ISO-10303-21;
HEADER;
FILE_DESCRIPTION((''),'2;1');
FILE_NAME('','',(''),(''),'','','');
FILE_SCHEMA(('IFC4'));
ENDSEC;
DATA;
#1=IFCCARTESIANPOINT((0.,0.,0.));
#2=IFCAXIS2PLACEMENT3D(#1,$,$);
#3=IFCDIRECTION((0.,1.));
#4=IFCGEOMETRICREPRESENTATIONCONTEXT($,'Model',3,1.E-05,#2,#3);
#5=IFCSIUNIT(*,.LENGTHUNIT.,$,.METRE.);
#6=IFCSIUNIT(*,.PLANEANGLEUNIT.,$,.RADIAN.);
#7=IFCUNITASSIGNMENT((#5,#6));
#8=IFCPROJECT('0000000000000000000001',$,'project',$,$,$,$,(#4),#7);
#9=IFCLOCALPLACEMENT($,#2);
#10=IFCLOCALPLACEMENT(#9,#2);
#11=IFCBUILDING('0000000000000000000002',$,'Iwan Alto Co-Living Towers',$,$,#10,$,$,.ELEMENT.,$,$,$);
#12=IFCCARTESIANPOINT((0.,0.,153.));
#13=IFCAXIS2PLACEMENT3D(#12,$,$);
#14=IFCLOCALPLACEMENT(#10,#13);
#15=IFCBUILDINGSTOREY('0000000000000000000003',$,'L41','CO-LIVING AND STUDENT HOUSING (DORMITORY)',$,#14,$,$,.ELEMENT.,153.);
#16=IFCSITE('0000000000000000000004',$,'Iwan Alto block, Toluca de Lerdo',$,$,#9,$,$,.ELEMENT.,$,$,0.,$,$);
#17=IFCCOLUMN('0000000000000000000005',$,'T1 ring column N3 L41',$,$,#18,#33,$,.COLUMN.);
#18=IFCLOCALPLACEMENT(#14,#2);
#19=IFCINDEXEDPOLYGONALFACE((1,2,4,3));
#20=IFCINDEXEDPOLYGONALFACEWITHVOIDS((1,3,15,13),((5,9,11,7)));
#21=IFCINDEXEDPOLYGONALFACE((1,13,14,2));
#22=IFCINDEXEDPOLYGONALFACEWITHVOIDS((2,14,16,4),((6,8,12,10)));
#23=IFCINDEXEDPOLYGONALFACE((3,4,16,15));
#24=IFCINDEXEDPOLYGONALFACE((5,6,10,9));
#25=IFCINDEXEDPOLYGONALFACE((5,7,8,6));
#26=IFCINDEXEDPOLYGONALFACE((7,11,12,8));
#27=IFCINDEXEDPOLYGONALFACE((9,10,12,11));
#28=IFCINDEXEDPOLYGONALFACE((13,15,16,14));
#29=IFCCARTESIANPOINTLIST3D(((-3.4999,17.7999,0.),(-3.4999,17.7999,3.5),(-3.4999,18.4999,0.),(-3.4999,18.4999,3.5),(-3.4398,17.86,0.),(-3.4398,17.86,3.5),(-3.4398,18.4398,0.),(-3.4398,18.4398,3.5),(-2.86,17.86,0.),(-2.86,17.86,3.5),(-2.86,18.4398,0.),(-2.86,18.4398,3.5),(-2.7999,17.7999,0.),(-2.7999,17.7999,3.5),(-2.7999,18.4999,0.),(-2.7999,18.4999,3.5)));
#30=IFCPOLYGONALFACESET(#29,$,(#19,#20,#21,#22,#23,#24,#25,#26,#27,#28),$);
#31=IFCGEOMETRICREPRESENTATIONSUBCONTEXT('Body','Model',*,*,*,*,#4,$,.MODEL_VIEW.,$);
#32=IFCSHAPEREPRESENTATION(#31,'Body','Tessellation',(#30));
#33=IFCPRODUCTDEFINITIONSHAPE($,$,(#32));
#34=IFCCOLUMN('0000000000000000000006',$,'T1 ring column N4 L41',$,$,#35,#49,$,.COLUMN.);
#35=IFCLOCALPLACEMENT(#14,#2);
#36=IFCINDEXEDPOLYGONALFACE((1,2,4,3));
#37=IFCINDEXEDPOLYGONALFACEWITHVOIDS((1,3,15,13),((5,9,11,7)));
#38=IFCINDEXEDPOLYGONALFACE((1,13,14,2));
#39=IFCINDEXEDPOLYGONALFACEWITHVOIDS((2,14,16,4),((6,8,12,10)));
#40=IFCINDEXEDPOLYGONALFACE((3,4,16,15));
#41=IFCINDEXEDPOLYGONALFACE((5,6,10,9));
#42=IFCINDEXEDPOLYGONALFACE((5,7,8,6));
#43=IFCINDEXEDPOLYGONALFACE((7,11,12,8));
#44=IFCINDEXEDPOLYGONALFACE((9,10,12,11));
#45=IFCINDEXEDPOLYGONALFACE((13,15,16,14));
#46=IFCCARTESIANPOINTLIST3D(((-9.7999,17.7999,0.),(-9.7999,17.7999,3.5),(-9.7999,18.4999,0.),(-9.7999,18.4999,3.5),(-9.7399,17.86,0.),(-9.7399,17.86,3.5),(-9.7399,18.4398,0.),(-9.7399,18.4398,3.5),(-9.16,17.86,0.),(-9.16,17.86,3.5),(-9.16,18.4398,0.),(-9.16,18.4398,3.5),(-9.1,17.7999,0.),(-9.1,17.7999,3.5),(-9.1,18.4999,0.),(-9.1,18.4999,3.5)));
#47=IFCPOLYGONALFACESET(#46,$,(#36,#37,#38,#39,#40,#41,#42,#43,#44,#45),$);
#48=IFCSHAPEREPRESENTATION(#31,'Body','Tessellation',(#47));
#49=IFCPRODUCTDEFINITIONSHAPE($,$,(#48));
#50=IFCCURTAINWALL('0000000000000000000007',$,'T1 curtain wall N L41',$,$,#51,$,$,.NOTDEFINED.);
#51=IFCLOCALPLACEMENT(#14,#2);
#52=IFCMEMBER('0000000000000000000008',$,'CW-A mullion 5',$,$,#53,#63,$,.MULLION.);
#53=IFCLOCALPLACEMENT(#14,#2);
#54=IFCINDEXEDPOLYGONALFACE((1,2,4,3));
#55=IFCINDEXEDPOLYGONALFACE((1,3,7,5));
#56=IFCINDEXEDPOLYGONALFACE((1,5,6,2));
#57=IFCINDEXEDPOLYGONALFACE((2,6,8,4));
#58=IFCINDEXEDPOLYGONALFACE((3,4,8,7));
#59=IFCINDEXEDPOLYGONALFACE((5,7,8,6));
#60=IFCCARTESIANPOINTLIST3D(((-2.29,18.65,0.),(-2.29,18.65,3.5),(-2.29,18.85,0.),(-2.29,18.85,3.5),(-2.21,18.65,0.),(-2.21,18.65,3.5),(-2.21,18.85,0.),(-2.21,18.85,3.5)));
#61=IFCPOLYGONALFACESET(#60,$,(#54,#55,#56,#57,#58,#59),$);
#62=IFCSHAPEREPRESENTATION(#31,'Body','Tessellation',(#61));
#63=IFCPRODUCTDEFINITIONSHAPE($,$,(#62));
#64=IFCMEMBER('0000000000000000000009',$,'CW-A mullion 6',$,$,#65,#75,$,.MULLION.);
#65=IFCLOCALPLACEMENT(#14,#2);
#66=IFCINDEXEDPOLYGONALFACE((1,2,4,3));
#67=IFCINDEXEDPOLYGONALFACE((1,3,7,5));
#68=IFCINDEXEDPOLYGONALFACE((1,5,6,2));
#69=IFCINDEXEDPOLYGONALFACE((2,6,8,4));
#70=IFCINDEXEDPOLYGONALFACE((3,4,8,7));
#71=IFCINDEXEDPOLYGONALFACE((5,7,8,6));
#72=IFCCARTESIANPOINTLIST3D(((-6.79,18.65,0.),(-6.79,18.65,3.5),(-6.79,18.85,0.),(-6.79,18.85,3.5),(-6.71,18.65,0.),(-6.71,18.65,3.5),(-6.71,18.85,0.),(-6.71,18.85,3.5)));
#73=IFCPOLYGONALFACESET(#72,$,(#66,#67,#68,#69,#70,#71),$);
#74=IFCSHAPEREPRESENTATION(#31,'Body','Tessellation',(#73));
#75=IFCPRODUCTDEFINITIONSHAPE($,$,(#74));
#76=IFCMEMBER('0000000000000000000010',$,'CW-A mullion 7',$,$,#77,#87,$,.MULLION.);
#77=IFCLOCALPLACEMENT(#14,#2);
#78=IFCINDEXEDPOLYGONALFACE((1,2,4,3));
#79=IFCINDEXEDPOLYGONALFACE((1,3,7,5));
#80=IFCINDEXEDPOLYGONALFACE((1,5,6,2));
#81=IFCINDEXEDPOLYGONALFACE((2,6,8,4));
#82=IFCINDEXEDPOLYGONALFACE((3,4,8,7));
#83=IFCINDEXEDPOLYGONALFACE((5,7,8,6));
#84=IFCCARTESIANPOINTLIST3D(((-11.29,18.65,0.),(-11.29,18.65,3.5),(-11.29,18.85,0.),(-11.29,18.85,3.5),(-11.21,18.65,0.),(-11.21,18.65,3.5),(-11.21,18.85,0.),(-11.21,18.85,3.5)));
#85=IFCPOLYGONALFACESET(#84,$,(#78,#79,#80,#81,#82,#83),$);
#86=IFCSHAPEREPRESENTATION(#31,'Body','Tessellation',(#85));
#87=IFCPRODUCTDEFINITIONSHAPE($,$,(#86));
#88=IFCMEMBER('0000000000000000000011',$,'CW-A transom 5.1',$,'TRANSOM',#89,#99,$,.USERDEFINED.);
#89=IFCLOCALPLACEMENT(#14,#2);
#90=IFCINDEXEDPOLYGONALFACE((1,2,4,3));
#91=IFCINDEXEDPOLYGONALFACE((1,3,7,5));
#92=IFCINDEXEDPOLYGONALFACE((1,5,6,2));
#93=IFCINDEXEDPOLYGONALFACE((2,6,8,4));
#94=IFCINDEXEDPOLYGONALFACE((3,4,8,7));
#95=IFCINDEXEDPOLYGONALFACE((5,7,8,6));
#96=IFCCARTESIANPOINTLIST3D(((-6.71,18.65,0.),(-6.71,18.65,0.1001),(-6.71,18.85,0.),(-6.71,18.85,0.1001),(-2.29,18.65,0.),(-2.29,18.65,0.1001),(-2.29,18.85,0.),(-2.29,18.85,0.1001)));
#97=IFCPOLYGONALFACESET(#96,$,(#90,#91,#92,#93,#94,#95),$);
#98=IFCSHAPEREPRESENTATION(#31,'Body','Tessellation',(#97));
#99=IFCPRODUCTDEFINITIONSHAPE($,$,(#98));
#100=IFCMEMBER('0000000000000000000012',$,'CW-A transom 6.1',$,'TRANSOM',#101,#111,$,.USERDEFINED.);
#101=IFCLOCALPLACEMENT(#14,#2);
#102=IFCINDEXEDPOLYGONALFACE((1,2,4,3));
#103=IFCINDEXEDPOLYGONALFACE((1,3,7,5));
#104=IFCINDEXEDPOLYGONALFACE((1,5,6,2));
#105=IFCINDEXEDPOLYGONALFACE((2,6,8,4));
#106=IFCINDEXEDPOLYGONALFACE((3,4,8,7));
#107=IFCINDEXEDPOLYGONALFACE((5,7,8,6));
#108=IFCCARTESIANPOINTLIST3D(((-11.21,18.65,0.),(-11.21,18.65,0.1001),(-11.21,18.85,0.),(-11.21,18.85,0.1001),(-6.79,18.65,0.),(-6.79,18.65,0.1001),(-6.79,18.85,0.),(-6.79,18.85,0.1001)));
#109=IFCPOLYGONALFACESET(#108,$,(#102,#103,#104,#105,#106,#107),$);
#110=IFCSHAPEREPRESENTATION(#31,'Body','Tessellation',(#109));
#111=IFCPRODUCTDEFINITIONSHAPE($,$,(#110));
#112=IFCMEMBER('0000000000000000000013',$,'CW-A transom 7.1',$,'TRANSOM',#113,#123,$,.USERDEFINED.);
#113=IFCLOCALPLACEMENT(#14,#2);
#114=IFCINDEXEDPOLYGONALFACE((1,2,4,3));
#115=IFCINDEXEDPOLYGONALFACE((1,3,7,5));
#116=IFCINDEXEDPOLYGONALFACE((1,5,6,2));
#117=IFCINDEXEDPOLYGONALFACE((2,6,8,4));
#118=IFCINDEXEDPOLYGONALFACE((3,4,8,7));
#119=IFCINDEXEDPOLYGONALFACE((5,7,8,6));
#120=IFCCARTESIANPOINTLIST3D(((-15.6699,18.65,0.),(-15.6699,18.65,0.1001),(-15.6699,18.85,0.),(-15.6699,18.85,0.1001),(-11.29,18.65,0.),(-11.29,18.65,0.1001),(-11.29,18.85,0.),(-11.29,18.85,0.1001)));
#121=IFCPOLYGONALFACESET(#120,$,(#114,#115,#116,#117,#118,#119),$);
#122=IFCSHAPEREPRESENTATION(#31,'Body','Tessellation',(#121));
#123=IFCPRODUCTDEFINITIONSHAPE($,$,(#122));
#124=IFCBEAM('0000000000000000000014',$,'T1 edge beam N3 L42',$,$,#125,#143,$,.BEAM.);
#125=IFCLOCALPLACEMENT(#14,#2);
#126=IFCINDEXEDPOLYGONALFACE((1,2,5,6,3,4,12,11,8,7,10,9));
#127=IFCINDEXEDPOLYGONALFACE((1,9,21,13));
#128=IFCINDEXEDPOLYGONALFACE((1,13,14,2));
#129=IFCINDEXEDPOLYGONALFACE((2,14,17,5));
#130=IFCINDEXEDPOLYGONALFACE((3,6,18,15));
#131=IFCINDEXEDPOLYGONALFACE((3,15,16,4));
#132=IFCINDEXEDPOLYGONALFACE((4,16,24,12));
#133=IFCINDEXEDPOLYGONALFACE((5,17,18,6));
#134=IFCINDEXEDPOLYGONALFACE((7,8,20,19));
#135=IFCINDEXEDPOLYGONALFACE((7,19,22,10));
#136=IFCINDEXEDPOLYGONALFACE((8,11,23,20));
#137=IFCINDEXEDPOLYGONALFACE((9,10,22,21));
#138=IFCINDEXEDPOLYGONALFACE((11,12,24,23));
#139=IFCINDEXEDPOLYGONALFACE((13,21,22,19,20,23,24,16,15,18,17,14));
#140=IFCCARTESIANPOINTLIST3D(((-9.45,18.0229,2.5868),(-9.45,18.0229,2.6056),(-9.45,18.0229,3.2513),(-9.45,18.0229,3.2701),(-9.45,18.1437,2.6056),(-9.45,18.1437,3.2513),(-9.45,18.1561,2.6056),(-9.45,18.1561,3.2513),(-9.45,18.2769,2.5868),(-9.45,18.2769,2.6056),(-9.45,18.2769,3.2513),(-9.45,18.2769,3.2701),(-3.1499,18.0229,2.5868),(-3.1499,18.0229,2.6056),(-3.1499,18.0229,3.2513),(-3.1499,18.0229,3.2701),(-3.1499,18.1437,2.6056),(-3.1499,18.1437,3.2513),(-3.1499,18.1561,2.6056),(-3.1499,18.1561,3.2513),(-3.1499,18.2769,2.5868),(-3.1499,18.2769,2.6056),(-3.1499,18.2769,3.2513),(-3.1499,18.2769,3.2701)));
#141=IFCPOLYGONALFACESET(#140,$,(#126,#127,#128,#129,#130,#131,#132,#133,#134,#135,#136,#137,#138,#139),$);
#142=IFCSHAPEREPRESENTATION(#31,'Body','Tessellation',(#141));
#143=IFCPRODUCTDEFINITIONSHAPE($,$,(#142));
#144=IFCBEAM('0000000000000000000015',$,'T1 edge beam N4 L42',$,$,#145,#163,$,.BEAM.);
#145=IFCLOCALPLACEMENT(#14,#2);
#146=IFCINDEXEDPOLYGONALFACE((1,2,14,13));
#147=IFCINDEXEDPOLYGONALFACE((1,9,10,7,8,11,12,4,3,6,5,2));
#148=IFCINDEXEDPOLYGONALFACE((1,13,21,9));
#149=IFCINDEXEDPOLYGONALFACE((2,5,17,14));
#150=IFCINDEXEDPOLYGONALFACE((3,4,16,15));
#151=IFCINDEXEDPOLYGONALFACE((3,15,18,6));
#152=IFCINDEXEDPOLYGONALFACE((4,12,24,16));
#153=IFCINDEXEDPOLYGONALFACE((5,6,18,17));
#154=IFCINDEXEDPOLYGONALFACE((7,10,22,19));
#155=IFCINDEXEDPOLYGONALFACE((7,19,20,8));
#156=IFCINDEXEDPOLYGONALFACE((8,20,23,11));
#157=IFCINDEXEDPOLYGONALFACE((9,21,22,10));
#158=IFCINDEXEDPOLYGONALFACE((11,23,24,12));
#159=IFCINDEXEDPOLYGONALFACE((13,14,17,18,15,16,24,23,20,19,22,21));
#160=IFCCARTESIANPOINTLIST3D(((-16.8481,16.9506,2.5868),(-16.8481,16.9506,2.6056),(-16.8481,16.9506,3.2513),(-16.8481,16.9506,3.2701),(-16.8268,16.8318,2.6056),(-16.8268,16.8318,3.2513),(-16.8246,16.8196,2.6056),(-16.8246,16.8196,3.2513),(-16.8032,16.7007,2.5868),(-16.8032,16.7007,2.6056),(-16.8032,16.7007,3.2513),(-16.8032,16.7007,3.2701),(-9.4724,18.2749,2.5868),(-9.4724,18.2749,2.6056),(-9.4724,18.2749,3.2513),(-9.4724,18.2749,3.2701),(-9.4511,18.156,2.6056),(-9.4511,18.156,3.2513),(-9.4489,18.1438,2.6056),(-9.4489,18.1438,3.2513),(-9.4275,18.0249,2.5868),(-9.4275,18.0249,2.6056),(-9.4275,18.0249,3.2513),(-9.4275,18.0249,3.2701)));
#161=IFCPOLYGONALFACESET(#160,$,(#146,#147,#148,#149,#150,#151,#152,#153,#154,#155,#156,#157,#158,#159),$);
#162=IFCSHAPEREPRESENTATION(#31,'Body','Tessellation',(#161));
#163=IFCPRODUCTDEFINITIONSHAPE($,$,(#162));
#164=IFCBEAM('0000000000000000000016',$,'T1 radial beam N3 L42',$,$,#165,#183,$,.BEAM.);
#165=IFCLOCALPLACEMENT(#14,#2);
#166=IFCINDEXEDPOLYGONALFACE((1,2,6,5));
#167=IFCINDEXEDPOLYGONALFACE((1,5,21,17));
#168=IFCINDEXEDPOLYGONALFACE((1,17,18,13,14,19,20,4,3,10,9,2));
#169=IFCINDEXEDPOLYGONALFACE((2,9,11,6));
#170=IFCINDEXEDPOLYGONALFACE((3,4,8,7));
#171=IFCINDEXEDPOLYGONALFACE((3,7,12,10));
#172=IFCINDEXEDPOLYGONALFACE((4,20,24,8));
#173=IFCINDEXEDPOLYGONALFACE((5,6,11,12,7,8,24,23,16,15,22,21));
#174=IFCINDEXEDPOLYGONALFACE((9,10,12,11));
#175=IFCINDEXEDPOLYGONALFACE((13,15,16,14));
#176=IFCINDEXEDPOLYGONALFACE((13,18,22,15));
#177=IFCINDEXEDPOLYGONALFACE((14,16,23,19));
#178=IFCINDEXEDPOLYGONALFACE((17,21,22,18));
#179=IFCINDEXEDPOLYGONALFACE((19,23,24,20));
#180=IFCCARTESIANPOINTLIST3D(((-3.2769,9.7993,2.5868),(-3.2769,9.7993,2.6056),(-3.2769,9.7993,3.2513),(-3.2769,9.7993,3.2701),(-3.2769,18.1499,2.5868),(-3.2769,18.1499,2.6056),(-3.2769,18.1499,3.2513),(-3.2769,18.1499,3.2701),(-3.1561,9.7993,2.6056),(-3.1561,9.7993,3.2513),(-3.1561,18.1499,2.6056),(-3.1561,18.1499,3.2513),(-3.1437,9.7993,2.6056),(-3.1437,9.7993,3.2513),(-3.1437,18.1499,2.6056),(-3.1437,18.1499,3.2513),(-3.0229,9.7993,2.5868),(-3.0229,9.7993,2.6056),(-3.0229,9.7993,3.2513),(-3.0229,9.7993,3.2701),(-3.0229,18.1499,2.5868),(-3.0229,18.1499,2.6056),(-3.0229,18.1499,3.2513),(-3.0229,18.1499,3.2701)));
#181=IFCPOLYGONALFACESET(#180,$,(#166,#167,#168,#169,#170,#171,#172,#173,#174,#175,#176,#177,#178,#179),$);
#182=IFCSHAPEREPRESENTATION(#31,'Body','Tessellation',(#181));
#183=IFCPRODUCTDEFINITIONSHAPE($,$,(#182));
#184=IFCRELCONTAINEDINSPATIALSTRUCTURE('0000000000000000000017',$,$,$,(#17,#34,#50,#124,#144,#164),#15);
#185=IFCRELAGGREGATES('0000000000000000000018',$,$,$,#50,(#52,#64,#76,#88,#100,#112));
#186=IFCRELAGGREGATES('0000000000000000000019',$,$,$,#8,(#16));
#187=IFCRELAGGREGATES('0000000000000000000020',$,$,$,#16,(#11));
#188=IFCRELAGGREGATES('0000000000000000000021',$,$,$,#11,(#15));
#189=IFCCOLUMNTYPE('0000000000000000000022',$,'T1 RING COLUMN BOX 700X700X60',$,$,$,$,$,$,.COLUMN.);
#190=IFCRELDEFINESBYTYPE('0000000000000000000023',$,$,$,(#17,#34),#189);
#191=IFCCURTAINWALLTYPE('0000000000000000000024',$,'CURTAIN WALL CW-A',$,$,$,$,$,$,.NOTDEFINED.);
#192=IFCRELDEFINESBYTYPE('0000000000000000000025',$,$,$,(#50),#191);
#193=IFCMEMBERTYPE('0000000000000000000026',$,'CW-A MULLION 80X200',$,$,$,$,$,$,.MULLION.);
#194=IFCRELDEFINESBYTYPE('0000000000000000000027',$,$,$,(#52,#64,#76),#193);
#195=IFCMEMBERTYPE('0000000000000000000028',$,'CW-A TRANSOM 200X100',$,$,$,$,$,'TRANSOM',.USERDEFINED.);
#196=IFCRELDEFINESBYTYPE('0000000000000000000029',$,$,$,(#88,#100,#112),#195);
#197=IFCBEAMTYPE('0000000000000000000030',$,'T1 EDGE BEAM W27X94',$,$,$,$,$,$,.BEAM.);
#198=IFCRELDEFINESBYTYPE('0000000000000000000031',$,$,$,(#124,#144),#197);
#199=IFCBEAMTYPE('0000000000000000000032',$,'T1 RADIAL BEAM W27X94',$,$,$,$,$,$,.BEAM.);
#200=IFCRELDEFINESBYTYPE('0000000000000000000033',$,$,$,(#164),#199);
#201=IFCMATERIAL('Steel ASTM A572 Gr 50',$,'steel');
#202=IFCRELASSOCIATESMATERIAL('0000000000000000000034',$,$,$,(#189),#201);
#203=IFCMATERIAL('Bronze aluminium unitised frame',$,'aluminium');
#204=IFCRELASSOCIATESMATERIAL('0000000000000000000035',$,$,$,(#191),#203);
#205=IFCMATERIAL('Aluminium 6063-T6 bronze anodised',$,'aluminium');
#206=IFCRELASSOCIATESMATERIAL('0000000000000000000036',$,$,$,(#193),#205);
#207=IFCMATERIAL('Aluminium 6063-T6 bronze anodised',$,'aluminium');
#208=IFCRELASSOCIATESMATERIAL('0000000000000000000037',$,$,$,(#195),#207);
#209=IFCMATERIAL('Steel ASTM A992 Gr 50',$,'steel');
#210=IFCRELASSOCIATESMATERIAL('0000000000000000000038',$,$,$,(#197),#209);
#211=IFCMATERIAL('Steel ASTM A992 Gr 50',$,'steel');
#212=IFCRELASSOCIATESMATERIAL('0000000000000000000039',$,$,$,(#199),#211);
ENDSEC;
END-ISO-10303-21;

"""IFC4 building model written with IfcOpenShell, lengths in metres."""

from ifc_helpers import new_model, si_unit, direction, frame, origin, origin_2d, place, context, subcontext, project, spatial, rectangle, hollow_rectangle, i_section, extrude, material, material_profile, profile_set, type_object, element, aggregate, save


model = new_model("IFC4")

# Units and contexts
model_context = context("Model", 3, precision=1e-05, world=origin(), true_north=direction((0.0, 1.0)))
body_context = subcontext(model_context, "Body", "Model", "MODEL_VIEW")
ifc_project = project(units=[si_unit("LENGTHUNIT", "METRE"), si_unit("PLANEANGLEUNIT", "RADIAN")], contexts=[model_context])

# Site, building, storey
site_placement = place(None, origin())
site = spatial("IfcSite", under=ifc_project, at=site_placement, Name="Iwan Alto block, Toluca de Lerdo", CompositionType="ELEMENT", RefElevation=0.0)
building_placement = place(site_placement, origin())
building = spatial("IfcBuilding", under=site, at=building_placement, Name="Iwan Alto Co-Living Towers", CompositionType="ELEMENT")
storey_placement = place(building_placement, frame((0.0, 0.0, 153.0)))
storey = spatial("IfcBuildingStorey", under=building, at=storey_placement, Name="L41", Description="CO-LIVING AND STUDENT HOUSING (DORMITORY)", CompositionType="ELEMENT", Elevation=153.0)

# Columns
ifc_material_1 = material(Name="Steel ASTM A572 Gr 50", Category="steel")
ifc_material_profile_1 = material_profile(ifc_material_1, hollow_rectangle(XDim=0.7, YDim=0.7, WallThickness=0.0601, at=origin_2d()), Name="BOX 700X700X60")
ifc_profile_set_1 = profile_set([ifc_material_profile_1], Name="Steel ASTM A572 Gr 50")
column_type = type_object("IfcColumnType", Name="T1 RING COLUMN BOX 700X700X60", PredefinedType="COLUMN", material=ifc_profile_set_1)
for number, where, z_axis, x_axis, name in (
    (1, (-3.1499, 18.1499, 0.0), (0.0, 0.0, 1.0), (1.0, 0.0, 0.0), "T1 ring column N3 L41"),
    (2, (-9.45, 18.1499, 0.0), (0.0, 0.0, 1.0), (1.0, 0.0, 0.0), "T1 ring column N4 L41"),
):
    element("IfcColumn", number, at=place(storey_placement, frame(where, z_axis=z_axis, x_axis=x_axis)), inside=storey, type_object=column_type, Name=name, PredefinedType="COLUMN", context=body_context, shape_type="SweptSolid", body=[
        extrude(hollow_rectangle(XDim=0.7, YDim=0.7, WallThickness=0.0601, at=origin_2d()), origin(), (0.0, 0.0, 1.0), 3.5),
    ])

# Curtain wall, members
ifc_material_2 = material(Name="Bronze aluminium unitised frame", Category="aluminium")
curtain_wall_type = type_object("IfcCurtainWallType", Name="CURTAIN WALL CW-A", PredefinedType="NOTDEFINED", material=ifc_material_2)
curtain_wall_placement = place(storey_placement, origin())
curtain_wall = element("IfcCurtainWall", 3, at=curtain_wall_placement, inside=storey, type_object=curtain_wall_type, Name="T1 curtain wall N L41", PredefinedType="NOTDEFINED")
ifc_material_3 = material(Name="Aluminium 6063-T6 bronze anodised", Category="aluminium")
ifc_material_profile_2 = material_profile(ifc_material_3, rectangle(XDim=0.2, YDim=0.0801, at=origin_2d()), Name="AL 80X200")
ifc_profile_set_2 = profile_set([ifc_material_profile_2], Name="Aluminium 6063-T6 bronze anodised")
member_type_1 = type_object("IfcMemberType", Name="CW-A MULLION 80X200", PredefinedType="MULLION", material=ifc_profile_set_2)
member_1_placement = place(storey_placement, frame((-2.25, 18.75, 0.0), z_axis=(0.0, 0.0, 1.0), x_axis=(0.0, -1.0, 0.0)))
member_1 = element("IfcMember", 4, at=member_1_placement, type_object=member_type_1, Name="CW-A mullion 5", PredefinedType="MULLION", context=body_context, shape_type="SweptSolid", body=[
    extrude(rectangle(XDim=0.2, YDim=0.0801, at=origin_2d()), origin(), (0.0, 0.0, 1.0), 3.5),
])
member_2_placement = place(storey_placement, frame((-6.75, 18.75, 0.0), z_axis=(0.0, 0.0, 1.0), x_axis=(0.0, -1.0, 0.0)))
member_2 = element("IfcMember", 5, at=member_2_placement, type_object=member_type_1, Name="CW-A mullion 6", PredefinedType="MULLION", context=body_context, shape_type="SweptSolid", body=[
    extrude(rectangle(XDim=0.2, YDim=0.0801, at=origin_2d()), origin(), (0.0, 0.0, 1.0), 3.5),
])
member_3_placement = place(storey_placement, frame((-11.25, 18.75, 0.0), z_axis=(0.0, 0.0, 1.0), x_axis=(0.0, -1.0, 0.0)))
member_3 = element("IfcMember", 6, at=member_3_placement, type_object=member_type_1, Name="CW-A mullion 7", PredefinedType="MULLION", context=body_context, shape_type="SweptSolid", body=[
    extrude(rectangle(XDim=0.2, YDim=0.0801, at=origin_2d()), origin(), (0.0, 0.0, 1.0), 3.5),
])
ifc_material_4 = material(Name="Aluminium 6063-T6 bronze anodised", Category="aluminium")
ifc_material_profile_3 = material_profile(ifc_material_4, rectangle(XDim=0.2, YDim=0.1001, at=origin_2d()), Name="AL 200X100")
ifc_profile_set_3 = profile_set([ifc_material_profile_3], Name="Aluminium 6063-T6 bronze anodised")
member_type_2 = type_object("IfcMemberType", Name="CW-A TRANSOM 200X100", ElementType="TRANSOM", PredefinedType="USERDEFINED", material=ifc_profile_set_3)
member_4_placement = place(storey_placement, frame((-2.29, 18.75, 0.05), z_axis=(-1.0, 0.0, 0.0), x_axis=(0.0, -1.0, 0.0)))
member_4 = element("IfcMember", 7, at=member_4_placement, type_object=member_type_2, Name="CW-A transom 5.1", ObjectType="TRANSOM", PredefinedType="USERDEFINED", context=body_context, shape_type="SweptSolid", body=[
    extrude(rectangle(XDim=0.2, YDim=0.1001, at=origin_2d()), origin(), (0.0, 0.0, 1.0), 4.4199),
])
member_5_placement = place(storey_placement, frame((-6.79, 18.75, 0.05), z_axis=(-1.0, 0.0, 0.0), x_axis=(0.0, -1.0, 0.0)))
member_5 = element("IfcMember", 8, at=member_5_placement, type_object=member_type_2, Name="CW-A transom 6.1", ObjectType="TRANSOM", PredefinedType="USERDEFINED", context=body_context, shape_type="SweptSolid", body=[
    extrude(rectangle(XDim=0.2, YDim=0.1001, at=origin_2d()), origin(), (0.0, 0.0, 1.0), 4.4199),
])
member_6_placement = place(storey_placement, frame((-11.29, 18.75, 0.05), z_axis=(-1.0, 0.0, 0.0), x_axis=(0.0, -1.0, 0.0)))
member_6 = element("IfcMember", 9, at=member_6_placement, type_object=member_type_2, Name="CW-A transom 7.1", ObjectType="TRANSOM", PredefinedType="USERDEFINED", context=body_context, shape_type="SweptSolid", body=[
    extrude(rectangle(XDim=0.2, YDim=0.1001, at=origin_2d()), origin(), (0.0, 0.0, 1.0), 4.3799),
])

# Beams
ifc_material_5 = material(Name="Steel ASTM A992 Gr 50", Category="steel")
ifc_material_profile_4 = material_profile(ifc_material_5, i_section(OverallWidth=0.2539, OverallDepth=0.6833, WebThickness=0.0125, FlangeThickness=0.0188, at=origin_2d()), Name="W27X94")
ifc_profile_set_4 = profile_set([ifc_material_profile_4], Name="Steel ASTM A992 Gr 50")
beam_type_1 = type_object("IfcBeamType", Name="T1 EDGE BEAM W27X94", PredefinedType="BEAM", material=ifc_profile_set_4)
beam_1_placement = place(storey_placement, frame((-3.1499, 18.1499, 2.9285), z_axis=(-1.0, 0.0, 0.0), x_axis=(0.0, -1.0, 0.0)))
element("IfcBeam", 10, at=beam_1_placement, inside=storey, type_object=beam_type_1, Name="T1 edge beam N3 L42", PredefinedType="BEAM", context=body_context, shape_type="SweptSolid", body=[
    extrude(i_section(OverallWidth=0.2539, OverallDepth=0.6833, WebThickness=0.0125, FlangeThickness=0.0188, at=origin_2d()), origin(), (0.0, 0.0, 1.0), 6.3),
])
beam_2_placement = place(storey_placement, frame((-9.45, 18.1499, 2.9285), z_axis=(-0.984263, -0.176712, 0.0), x_axis=(0.176712, -0.984263, 0.0)))
element("IfcBeam", 11, at=beam_2_placement, inside=storey, type_object=beam_type_1, Name="T1 edge beam N4 L42", PredefinedType="BEAM", context=body_context, shape_type="SweptSolid", body=[
    extrude(i_section(OverallWidth=0.2539, OverallDepth=0.6833, WebThickness=0.0125, FlangeThickness=0.0188, at=origin_2d()), origin(), (0.0, 0.0, 1.0), 7.4937),
])
ifc_material_6 = material(Name="Steel ASTM A992 Gr 50", Category="steel")
ifc_material_profile_5 = material_profile(ifc_material_6, i_section(OverallWidth=0.2539, OverallDepth=0.6833, WebThickness=0.0125, FlangeThickness=0.0188, at=origin_2d()), Name="W27X94")
ifc_profile_set_5 = profile_set([ifc_material_profile_5], Name="Steel ASTM A992 Gr 50")
beam_type_2 = type_object("IfcBeamType", Name="T1 RADIAL BEAM W27X94", PredefinedType="BEAM", material=ifc_profile_set_5)
for number, where, z_axis, x_axis, name in (
    (12, (-3.1499, 18.1499, 2.9285), (0.0, -1.0, 0.0), (1.0, 0.0, 0.0), "T1 radial beam N3 L42"),
):
    element("IfcBeam", number, at=place(storey_placement, frame(where, z_axis=z_axis, x_axis=x_axis)), inside=storey, type_object=beam_type_2, Name=name, PredefinedType="BEAM", context=body_context, shape_type="SweptSolid", body=[
        extrude(i_section(OverallWidth=0.2539, OverallDepth=0.6833, WebThickness=0.0125, FlangeThickness=0.0188, at=origin_2d()), origin(), (0.0, 0.0, 1.0), 8.3506),
    ])

aggregate(curtain_wall, [member_1, member_2, member_3, member_4, member_5, member_6])

save(model, "model.ifc")
